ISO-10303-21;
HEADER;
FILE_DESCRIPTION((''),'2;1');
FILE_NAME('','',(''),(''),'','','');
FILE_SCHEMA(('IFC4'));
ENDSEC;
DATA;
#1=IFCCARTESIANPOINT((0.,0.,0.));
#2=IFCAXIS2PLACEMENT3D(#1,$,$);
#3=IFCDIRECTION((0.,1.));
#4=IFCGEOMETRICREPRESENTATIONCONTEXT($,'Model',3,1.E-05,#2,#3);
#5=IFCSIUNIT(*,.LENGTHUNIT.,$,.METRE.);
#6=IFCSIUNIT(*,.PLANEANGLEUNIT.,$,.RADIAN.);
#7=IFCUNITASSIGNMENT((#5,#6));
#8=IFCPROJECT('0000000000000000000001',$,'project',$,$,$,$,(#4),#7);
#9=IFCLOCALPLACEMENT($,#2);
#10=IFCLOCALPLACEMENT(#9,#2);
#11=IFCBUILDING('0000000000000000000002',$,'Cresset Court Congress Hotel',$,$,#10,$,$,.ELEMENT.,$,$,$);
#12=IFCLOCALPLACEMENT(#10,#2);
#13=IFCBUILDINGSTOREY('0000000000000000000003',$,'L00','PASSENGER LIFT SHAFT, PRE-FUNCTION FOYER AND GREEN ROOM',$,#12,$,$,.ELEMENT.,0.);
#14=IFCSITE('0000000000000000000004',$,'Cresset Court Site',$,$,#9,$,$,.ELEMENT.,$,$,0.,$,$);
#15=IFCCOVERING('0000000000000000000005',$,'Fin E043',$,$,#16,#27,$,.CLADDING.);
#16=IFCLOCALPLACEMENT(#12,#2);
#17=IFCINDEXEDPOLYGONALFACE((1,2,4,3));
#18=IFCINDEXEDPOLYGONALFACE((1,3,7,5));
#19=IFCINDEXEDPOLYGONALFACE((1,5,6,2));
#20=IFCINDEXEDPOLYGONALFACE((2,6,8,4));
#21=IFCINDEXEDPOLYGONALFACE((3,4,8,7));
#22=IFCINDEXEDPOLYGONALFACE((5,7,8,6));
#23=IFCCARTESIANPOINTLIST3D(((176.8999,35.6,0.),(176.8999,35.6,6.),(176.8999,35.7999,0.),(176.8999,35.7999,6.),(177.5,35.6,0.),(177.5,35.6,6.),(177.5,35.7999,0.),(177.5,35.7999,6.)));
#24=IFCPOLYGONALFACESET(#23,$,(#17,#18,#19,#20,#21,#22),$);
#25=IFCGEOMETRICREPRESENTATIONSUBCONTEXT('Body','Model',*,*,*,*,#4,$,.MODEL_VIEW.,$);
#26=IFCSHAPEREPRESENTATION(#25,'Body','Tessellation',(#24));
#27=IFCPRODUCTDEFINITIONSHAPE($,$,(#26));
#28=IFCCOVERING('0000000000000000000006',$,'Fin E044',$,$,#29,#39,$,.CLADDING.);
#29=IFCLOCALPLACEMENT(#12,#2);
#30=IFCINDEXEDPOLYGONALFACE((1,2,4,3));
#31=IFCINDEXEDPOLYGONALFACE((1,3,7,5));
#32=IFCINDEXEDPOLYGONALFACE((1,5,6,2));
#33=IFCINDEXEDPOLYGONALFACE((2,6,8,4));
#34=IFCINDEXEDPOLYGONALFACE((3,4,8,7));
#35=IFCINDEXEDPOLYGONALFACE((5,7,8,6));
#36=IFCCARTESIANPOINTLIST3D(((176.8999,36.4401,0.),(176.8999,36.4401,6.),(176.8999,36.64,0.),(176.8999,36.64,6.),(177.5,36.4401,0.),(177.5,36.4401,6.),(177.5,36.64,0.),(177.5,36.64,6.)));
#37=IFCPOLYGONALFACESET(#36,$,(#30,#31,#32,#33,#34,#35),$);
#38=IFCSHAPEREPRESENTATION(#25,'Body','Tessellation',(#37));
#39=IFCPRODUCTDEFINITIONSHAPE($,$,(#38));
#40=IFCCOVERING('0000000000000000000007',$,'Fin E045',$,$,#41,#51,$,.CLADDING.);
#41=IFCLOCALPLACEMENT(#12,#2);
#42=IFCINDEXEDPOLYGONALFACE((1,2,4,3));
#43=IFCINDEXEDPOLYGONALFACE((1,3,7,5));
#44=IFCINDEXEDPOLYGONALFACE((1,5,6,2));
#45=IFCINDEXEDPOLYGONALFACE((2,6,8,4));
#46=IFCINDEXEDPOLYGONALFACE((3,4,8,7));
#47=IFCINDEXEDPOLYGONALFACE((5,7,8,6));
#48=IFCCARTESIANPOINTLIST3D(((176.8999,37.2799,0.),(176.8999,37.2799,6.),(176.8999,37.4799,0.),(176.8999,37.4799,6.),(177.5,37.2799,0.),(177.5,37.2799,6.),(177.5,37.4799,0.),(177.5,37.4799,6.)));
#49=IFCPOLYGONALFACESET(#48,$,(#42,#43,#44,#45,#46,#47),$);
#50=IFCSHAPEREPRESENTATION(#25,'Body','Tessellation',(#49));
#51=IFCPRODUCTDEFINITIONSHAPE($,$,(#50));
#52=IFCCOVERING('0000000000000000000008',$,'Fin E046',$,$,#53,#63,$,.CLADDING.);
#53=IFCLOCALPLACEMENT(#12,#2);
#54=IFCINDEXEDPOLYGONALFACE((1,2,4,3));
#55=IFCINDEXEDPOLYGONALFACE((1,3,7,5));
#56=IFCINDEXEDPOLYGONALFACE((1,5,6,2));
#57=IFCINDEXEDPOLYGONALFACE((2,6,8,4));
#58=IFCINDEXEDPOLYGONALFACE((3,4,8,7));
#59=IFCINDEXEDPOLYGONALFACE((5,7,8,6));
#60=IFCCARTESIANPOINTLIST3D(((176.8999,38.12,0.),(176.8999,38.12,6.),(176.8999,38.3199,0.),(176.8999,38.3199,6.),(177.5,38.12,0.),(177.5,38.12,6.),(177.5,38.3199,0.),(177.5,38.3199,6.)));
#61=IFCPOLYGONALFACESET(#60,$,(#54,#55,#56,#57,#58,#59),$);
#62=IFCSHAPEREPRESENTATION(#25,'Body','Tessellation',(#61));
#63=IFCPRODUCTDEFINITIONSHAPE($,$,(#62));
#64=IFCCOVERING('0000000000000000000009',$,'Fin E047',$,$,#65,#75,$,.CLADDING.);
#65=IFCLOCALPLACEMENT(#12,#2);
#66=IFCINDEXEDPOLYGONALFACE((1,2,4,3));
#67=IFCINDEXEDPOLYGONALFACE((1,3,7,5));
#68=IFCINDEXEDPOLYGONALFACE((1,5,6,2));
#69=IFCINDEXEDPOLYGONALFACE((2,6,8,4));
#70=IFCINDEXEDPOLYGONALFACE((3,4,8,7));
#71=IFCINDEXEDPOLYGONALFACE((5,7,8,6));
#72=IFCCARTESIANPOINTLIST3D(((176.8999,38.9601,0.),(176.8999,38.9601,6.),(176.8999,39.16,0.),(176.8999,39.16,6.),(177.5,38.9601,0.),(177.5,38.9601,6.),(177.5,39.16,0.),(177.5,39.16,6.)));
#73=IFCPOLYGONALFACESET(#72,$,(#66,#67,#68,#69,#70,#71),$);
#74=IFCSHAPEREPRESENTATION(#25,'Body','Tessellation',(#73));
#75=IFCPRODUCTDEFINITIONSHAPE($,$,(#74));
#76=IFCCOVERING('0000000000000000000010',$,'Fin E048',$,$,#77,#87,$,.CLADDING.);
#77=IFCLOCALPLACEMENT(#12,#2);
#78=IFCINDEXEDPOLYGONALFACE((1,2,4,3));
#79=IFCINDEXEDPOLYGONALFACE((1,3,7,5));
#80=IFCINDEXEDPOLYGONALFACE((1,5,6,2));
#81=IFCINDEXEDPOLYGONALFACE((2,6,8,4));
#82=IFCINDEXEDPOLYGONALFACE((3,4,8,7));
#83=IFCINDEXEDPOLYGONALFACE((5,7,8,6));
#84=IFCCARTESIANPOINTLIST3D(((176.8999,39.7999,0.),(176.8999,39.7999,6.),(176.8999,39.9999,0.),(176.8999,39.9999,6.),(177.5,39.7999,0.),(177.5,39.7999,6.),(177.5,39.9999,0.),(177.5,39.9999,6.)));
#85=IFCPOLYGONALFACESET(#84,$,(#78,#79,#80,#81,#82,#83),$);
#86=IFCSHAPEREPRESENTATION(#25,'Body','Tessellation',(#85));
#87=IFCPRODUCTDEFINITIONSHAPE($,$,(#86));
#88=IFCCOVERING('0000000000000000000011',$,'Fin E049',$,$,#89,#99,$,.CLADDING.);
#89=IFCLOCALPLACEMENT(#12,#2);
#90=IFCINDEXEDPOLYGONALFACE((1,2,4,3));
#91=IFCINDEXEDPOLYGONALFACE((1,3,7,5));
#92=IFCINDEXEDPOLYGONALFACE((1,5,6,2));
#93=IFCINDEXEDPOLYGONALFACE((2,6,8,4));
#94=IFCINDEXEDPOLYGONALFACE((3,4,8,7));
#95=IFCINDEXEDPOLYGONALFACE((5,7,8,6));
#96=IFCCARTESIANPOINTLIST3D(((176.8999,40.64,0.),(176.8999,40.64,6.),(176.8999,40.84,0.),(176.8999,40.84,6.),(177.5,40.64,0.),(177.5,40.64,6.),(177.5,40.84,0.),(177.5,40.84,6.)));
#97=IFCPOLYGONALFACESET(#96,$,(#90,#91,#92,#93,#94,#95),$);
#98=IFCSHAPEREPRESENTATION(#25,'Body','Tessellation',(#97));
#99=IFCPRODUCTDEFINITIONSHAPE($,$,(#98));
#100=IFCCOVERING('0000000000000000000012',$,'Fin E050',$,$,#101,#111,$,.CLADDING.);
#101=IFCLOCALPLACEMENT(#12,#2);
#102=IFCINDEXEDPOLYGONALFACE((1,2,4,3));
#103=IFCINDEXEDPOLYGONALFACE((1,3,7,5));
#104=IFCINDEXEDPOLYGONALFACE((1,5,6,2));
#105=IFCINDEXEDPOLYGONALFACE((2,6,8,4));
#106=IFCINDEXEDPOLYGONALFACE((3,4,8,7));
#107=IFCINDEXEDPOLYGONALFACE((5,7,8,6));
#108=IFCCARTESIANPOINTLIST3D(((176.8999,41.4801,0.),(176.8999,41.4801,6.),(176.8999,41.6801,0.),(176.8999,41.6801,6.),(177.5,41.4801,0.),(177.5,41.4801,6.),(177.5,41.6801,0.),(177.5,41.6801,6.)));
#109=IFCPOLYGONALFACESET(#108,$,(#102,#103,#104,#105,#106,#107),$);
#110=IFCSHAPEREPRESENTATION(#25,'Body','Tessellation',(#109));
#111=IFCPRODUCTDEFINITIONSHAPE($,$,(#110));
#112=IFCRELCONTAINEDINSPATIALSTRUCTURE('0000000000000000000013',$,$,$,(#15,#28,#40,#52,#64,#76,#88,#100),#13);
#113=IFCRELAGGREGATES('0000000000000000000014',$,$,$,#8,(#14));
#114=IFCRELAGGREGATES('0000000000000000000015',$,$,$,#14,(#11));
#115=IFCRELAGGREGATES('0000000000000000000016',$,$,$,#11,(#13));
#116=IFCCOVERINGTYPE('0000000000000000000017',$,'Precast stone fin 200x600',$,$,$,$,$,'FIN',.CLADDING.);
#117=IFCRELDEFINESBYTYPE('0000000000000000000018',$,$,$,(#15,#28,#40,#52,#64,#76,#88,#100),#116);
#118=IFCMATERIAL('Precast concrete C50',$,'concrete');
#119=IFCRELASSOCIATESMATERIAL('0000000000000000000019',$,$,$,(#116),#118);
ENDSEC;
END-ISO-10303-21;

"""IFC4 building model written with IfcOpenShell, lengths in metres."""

from ifc_helpers import new_model, si_unit, direction, frame, origin, origin_2d, place, context, subcontext, project, spatial, rectangle, extrude, material, type_object, element, save


model = new_model("IFC4")

# Units and contexts
model_context = context("Model", 3, precision=1e-05, world=origin(), true_north=direction((0.0, 1.0)))
body_context = subcontext(model_context, "Body", "Model", "MODEL_VIEW")
ifc_project = project(units=[si_unit("LENGTHUNIT", "METRE"), si_unit("PLANEANGLEUNIT", "RADIAN")], contexts=[model_context])

# Site, building, storey
site_placement = place(None, origin())
site = spatial("IfcSite", under=ifc_project, at=site_placement, Name="Cresset Court Site", CompositionType="ELEMENT", RefElevation=0.0)
building_placement = place(site_placement, origin())
building = spatial("IfcBuilding", under=site, at=building_placement, Name="Cresset Court Congress Hotel", CompositionType="ELEMENT")
storey_placement = place(building_placement, origin())
storey = spatial("IfcBuildingStorey", under=building, at=storey_placement, Name="L00", Description="PASSENGER LIFT SHAFT, PRE-FUNCTION FOYER AND GREEN ROOM", CompositionType="ELEMENT", Elevation=0.0)

# Coverings
ifc_material_1 = material(Name="Precast concrete C50", Category="concrete")
covering_type = type_object("IfcCoveringType", Name="Precast stone fin 200x600", ElementType="FIN", PredefinedType="CLADDING", material=ifc_material_1)
for number, where, z_axis, x_axis, name in (
    (1, (177.2, 35.7, 0.0), (0.0, 0.0, 1.0), (1.0, 0.0, 0.0), "Fin E043"),
    (2, (177.2, 36.54, 0.0), (0.0, 0.0, 1.0), (1.0, 0.0, 0.0), "Fin E044"),
    (3, (177.2, 37.3799, 0.0), (0.0, 0.0, 1.0), (1.0, 0.0, 0.0), "Fin E045"),
    (4, (177.2, 38.22, 0.0), (0.0, 0.0, 1.0), (1.0, 0.0, 0.0), "Fin E046"),
    (5, (177.2, 39.0601, 0.0), (0.0, 0.0, 1.0), (1.0, 0.0, 0.0), "Fin E047"),
    (6, (177.2, 39.8999, 0.0), (0.0, 0.0, 1.0), (1.0, 0.0, 0.0), "Fin E048"),
    (7, (177.2, 40.74, 0.0), (0.0, 0.0, 1.0), (1.0, 0.0, 0.0), "Fin E049"),
    (8, (177.2, 41.5801, 0.0), (0.0, 0.0, 1.0), (1.0, 0.0, 0.0), "Fin E050"),
):
    element("IfcCovering", number, at=place(storey_placement, frame(where, z_axis=z_axis, x_axis=x_axis)), inside=storey, type_object=covering_type, Name=name, PredefinedType="CLADDING", context=body_context, shape_type="SweptSolid", body=[
        extrude(rectangle(XDim=0.6001, YDim=0.2, at=origin_2d()), origin(), (0.0, 0.0, 1.0), 6.0),
    ])

save(model, "model.ifc")
